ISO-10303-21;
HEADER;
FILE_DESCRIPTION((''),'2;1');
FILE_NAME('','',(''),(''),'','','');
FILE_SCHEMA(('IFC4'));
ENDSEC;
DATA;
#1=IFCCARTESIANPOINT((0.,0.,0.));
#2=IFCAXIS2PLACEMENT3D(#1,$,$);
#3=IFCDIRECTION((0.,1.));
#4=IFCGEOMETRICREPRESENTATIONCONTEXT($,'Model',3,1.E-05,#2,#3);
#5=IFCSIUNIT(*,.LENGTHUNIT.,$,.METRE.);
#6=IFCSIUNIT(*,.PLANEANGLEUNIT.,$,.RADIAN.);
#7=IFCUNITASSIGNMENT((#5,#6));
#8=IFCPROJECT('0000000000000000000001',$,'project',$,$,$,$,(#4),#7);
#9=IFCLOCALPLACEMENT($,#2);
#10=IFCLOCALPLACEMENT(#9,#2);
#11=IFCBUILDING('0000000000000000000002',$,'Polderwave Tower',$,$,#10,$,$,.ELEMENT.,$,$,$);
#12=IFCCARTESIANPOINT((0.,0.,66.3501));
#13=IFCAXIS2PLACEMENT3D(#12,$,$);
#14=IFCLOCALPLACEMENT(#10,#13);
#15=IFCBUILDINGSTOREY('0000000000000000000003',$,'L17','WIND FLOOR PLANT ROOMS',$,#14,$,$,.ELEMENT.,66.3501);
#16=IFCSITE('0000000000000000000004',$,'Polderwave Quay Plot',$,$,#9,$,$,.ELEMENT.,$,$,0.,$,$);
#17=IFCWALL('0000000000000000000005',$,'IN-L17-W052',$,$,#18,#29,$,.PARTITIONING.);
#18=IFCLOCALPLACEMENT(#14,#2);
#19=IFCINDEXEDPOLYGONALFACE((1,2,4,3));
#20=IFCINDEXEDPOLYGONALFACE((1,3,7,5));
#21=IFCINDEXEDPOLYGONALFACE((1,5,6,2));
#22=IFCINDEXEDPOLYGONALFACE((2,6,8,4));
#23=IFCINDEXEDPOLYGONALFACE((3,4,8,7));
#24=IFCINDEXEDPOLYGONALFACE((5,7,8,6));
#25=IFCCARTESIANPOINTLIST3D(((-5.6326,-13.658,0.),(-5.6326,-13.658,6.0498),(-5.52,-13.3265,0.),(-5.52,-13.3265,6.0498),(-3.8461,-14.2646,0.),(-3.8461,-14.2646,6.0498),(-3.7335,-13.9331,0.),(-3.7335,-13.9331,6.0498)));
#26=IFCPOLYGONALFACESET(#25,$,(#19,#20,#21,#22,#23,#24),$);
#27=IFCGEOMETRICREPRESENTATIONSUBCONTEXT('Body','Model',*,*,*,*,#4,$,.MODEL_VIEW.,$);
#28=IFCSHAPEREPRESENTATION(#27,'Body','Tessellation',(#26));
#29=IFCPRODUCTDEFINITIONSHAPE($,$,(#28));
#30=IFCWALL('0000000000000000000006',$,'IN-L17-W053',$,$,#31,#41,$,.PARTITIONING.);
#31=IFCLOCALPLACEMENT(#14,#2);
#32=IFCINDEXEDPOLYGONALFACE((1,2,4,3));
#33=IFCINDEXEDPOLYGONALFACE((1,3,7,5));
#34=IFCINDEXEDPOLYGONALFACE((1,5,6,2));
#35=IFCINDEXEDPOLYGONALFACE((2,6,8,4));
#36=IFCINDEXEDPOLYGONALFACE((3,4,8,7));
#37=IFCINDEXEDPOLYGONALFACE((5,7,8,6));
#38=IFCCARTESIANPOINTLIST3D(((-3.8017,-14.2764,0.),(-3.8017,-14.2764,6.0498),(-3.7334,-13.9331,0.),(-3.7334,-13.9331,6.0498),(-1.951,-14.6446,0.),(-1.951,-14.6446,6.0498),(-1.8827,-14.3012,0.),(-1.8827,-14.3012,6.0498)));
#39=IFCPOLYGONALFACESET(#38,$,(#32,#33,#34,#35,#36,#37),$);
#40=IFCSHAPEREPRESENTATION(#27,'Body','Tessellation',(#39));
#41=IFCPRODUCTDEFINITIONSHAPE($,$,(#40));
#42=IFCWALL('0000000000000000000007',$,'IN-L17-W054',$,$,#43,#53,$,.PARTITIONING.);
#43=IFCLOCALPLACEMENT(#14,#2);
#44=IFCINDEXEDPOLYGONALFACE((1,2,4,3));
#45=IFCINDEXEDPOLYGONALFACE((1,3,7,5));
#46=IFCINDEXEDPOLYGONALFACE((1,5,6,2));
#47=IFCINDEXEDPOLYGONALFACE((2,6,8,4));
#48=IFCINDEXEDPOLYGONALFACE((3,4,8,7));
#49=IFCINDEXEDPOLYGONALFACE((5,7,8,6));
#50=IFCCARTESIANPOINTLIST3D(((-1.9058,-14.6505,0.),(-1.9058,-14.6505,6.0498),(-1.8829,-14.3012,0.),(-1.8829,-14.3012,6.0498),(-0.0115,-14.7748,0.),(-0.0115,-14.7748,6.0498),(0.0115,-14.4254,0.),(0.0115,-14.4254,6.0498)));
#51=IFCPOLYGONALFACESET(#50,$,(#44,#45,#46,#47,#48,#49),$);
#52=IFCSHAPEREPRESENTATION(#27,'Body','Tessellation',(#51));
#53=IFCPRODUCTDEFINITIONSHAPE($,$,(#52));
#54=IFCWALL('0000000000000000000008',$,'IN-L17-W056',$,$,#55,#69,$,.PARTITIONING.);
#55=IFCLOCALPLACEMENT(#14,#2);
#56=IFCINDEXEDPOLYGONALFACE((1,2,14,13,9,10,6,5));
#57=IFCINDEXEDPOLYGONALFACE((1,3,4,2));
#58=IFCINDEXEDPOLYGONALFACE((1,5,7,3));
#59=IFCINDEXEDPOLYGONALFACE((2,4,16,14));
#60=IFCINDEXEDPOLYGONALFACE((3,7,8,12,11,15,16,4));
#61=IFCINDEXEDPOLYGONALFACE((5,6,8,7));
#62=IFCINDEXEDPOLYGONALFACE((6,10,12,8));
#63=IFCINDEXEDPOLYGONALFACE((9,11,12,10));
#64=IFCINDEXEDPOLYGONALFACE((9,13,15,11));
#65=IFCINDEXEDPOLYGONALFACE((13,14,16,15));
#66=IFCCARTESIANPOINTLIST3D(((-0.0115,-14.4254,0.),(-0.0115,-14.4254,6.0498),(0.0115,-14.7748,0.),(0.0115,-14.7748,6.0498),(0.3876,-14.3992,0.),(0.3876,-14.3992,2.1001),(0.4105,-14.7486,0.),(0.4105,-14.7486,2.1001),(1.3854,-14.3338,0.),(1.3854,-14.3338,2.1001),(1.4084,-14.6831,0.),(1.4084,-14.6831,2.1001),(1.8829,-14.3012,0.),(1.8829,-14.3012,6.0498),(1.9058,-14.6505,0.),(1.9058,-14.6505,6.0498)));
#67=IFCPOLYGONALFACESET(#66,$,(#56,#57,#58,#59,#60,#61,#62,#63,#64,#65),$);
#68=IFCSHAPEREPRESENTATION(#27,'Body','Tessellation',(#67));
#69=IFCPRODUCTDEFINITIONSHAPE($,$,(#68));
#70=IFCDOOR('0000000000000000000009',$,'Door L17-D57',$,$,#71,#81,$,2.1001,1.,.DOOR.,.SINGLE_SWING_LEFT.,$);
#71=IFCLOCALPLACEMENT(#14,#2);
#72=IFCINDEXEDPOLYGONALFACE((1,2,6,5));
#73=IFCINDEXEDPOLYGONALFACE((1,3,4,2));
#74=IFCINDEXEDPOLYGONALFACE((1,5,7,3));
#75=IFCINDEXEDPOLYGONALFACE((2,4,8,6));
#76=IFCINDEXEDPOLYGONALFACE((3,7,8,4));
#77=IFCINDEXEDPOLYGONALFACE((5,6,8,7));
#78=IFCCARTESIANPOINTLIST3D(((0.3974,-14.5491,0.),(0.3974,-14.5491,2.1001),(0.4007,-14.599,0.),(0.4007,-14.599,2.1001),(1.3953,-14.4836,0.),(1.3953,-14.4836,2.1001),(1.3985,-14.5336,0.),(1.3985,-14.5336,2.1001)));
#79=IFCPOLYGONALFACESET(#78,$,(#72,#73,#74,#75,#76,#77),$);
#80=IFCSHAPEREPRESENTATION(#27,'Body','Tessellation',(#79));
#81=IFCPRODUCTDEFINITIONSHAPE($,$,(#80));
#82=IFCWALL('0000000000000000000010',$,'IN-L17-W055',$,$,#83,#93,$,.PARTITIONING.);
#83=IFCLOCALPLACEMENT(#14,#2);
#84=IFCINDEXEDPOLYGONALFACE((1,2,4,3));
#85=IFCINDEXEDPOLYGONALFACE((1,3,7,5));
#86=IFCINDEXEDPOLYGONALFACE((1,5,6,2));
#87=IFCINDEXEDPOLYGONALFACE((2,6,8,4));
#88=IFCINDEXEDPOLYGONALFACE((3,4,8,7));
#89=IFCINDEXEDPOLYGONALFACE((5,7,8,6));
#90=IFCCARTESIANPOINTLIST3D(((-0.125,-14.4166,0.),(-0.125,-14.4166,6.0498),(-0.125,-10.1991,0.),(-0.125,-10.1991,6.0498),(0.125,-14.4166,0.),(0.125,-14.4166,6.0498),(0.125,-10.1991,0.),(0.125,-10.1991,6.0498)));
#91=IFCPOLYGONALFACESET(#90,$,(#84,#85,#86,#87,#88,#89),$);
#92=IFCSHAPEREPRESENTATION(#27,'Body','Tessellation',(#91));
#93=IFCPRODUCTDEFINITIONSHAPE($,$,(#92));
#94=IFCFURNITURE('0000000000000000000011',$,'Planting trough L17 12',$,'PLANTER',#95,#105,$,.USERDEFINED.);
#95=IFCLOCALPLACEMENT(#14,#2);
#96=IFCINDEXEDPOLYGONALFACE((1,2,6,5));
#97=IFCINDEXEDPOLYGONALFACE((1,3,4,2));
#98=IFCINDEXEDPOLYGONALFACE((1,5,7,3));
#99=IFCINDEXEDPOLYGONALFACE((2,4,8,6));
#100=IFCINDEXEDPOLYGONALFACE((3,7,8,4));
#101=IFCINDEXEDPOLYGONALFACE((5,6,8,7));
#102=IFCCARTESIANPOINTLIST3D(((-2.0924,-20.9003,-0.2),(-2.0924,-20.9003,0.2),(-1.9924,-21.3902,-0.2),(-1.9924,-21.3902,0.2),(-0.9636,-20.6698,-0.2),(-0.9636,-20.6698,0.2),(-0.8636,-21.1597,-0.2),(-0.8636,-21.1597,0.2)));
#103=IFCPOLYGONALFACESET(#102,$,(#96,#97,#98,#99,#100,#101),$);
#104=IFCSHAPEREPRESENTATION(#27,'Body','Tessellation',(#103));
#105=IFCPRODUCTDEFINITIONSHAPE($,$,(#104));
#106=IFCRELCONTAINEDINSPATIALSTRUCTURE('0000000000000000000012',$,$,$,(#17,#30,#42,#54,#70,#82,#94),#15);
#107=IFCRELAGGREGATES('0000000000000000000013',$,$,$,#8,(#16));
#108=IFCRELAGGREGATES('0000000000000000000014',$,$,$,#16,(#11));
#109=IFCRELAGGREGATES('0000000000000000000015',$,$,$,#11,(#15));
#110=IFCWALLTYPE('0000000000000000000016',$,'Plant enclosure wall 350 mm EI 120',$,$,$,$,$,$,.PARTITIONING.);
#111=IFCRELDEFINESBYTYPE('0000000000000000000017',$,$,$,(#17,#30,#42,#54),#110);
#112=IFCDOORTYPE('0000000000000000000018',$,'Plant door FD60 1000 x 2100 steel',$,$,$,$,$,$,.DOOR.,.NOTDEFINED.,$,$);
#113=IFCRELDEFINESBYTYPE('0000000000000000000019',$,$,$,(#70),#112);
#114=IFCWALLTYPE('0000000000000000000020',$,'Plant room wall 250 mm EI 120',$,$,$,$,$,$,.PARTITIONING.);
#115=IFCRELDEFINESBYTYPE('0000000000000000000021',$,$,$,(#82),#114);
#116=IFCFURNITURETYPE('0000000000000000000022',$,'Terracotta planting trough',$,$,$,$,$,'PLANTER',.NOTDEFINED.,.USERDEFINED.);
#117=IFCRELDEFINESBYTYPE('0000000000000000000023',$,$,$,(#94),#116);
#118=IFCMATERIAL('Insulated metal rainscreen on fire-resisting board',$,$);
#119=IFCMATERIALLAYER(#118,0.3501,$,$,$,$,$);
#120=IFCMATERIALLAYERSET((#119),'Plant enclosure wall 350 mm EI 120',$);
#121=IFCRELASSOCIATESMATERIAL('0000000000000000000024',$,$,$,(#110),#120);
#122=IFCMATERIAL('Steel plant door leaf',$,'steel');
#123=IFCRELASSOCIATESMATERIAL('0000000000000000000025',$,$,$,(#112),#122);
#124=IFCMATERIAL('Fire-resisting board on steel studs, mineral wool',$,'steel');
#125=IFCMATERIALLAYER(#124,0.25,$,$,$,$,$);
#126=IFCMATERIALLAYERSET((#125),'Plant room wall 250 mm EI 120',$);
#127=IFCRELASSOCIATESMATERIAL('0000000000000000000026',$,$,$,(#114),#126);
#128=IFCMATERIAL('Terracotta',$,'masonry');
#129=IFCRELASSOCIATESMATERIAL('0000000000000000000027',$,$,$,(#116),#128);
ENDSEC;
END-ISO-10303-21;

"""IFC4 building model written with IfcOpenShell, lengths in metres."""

from ifc_helpers import new_model, si_unit, direction, frame, frame_2d, origin, origin_2d, place, context, subcontext, project, spatial, rectangle, extrude, material, layer, layer_set, type_object, element, fill, save


model = new_model("IFC4")

# Units and contexts
model_context = context("Model", 3, precision=1e-05, world=origin(), true_north=direction((0.0, 1.0)))
body_context = subcontext(model_context, "Body", "Model", "MODEL_VIEW")
ifc_project = project(units=[si_unit("LENGTHUNIT", "METRE"), si_unit("PLANEANGLEUNIT", "RADIAN")], contexts=[model_context])

# Site, building, storey
site_placement = place(None, origin())
site = spatial("IfcSite", under=ifc_project, at=site_placement, Name="Polderwave Quay Plot", CompositionType="ELEMENT", RefElevation=0.0)
building_placement = place(site_placement, origin())
building = spatial("IfcBuilding", under=site, at=building_placement, Name="Polderwave Tower", CompositionType="ELEMENT")
storey_placement = place(building_placement, frame((0.0, 0.0, 66.3501)))
storey = spatial("IfcBuildingStorey", under=building, at=storey_placement, Name="L17", Description="WIND FLOOR PLANT ROOMS", CompositionType="ELEMENT", Elevation=66.3501)

# Walls
ifc_material_1 = material(Name="Insulated metal rainscreen on fire-resisting board")
ifc_layer_1 = layer(ifc_material_1, 0.3501)
ifc_layer_set_1 = layer_set([ifc_layer_1], Name="Plant enclosure wall 350 mm EI 120")
wall_type_1 = type_object("IfcWallType", Name="Plant enclosure wall 350 mm EI 120", PredefinedType="PARTITIONING", material=ifc_layer_set_1)
for number, where, z_axis, x_axis, name in (
    (1, (-3.7898, -14.0989, 0.0), (0.0, 0.0, 1.0), (-0.946896, 0.321541, 0.0), "IN-L17-W052"),
):
    element("IfcWall", number, at=place(storey_placement, frame(where, z_axis=z_axis, x_axis=x_axis)), inside=storey, type_object=wall_type_1, Name=name, PredefinedType="PARTITIONING", context=body_context, shape_type="SweptSolid", body=[
        extrude(rectangle(XDim=1.8867, YDim=0.3501, at=frame_2d((0.9434, 0.0))), origin(), (0.0, 0.0, 1.0), 6.0498),
    ])
wall_1_placement = place(storey_placement, frame((-1.917, -14.4729, 0.0), z_axis=(0.0, 0.0, 1.0), x_axis=(-0.980779, 0.195121, 0.0)))
element("IfcWall", 2, at=wall_1_placement, inside=storey, type_object=wall_type_1, Name="IN-L17-W053", PredefinedType="PARTITIONING", context=body_context, shape_type="SweptSolid", body=[
    extrude(rectangle(XDim=1.887, YDim=0.3501, at=frame_2d((0.9434, 0.0))), origin(), (0.0, 0.0, 1.0), 6.0498),
])
wall_2_placement = place(storey_placement, frame((0.0, -14.6001, 0.0), z_axis=(0.0, 0.0, 1.0), x_axis=(-0.997855, 0.065461, 0.0)))
element("IfcWall", 3, at=wall_2_placement, inside=storey, type_object=wall_type_1, Name="IN-L17-W054", PredefinedType="PARTITIONING", context=body_context, shape_type="SweptSolid", body=[
    extrude(rectangle(XDim=1.8984, YDim=0.3501, at=frame_2d((0.9492, 0.0))), origin(), (0.0, 0.0, 1.0), 6.0498),
])

# Wall, opening, door
wall_3_placement = place(storey_placement, frame((0.0, -14.6001, 0.0), z_axis=(0.0, 0.0, 1.0), x_axis=(0.997855, 0.065461, 0.0)))
wall_3 = element("IfcWall", 4, at=wall_3_placement, inside=storey, type_object=wall_type_1, Name="IN-L17-W056", PredefinedType="PARTITIONING", context=body_context, shape_type="SweptSolid", body=[
    extrude(rectangle(XDim=1.8984, YDim=0.3501, at=frame_2d((0.9492, 0.0))), origin(), (0.0, 0.0, 1.0), 6.0498),
])
opening_placement = place(wall_3_placement, frame((0.3999, 0.0, 0.0)))
opening = element("IfcOpeningElement", 5, at=opening_placement, cuts=wall_3, PredefinedType="OPENING", context=body_context, shape_type="SweptSolid", body=[
    extrude(rectangle(XDim=1.0, YDim=2.1001, at=frame_2d((0.5, 1.05))), frame((0.0, 0.1851, 0.0), z_axis=(0.0, -1.0, 0.0), x_axis=(1.0, 0.0, 0.0)), (0.0, 0.0, 1.0), 0.3701),
])
ifc_material_2 = material(Name="Steel plant door leaf", Category="steel")
door_type = type_object("IfcDoorType", Name="Plant door FD60 1000 x 2100 steel", OperationType="NOTDEFINED", PredefinedType="DOOR", material=ifc_material_2)
door_placement = place(opening_placement, origin())
door = element("IfcDoor", 6, at=door_placement, inside=storey, type_object=door_type, Name="Door L17-D57", OperationType="SINGLE_SWING_LEFT", OverallHeight=2.1001, OverallWidth=1.0, PredefinedType="DOOR", context=body_context, shape_type="SweptSolid", body=[
    extrude(rectangle(XDim=1.0, YDim=2.1001, at=frame_2d((0.5, 1.05))), frame((0.0, 0.0249, 0.0), z_axis=(0.0, -1.0, 0.0), x_axis=(1.0, 0.0, 0.0)), (0.0, 0.0, 1.0), 0.05),
])
fill(opening, door)

# Wall
ifc_material_3 = material(Name="Fire-resisting board on steel studs, mineral wool", Category="steel")
ifc_layer_2 = layer(ifc_material_3, 0.25)
ifc_layer_set_2 = layer_set([ifc_layer_2], Name="Plant room wall 250 mm EI 120")
wall_type_2 = type_object("IfcWallType", Name="Plant room wall 250 mm EI 120", PredefinedType="PARTITIONING", material=ifc_layer_set_2)
wall_4_placement = place(storey_placement, frame((0.0, -10.199, 0.0), z_axis=(0.0, 0.0, 1.0), x_axis=(0.0, -1.0, 0.0)))
element("IfcWall", 7, at=wall_4_placement, inside=storey, type_object=wall_type_2, Name="IN-L17-W055", PredefinedType="PARTITIONING", context=body_context, shape_type="SweptSolid", body=[
    extrude(rectangle(XDim=4.2175, YDim=0.25, at=frame_2d((2.1089, 0.0))), origin(), (0.0, 0.0, 1.0), 6.0498),
])

# Furniture
ifc_material_4 = material(Name="Terracotta", Category="masonry")
furniture_type = type_object("IfcFurnitureType", Name="Terracotta planting trough", ElementType="PLANTER", AssemblyPlace="NOTDEFINED", PredefinedType="USERDEFINED", material=ifc_material_4)
furniture_placement = place(storey_placement, frame((-1.478, -21.03, -0.2), z_axis=(0.0, 0.0, 1.0), x_axis=(0.979782, 0.200066, 0.0)))
element("IfcFurniture", 8, at=furniture_placement, inside=storey, type_object=furniture_type, Name="Planting trough L17 12", ObjectType="PLANTER", PredefinedType="USERDEFINED", context=body_context, shape_type="SweptSolid", body=[
    extrude(rectangle(XDim=1.1521, YDim=0.5, at=origin_2d()), origin(), (0.0, 0.0, 1.0), 0.3999),
])

save(model, "model.ifc")
